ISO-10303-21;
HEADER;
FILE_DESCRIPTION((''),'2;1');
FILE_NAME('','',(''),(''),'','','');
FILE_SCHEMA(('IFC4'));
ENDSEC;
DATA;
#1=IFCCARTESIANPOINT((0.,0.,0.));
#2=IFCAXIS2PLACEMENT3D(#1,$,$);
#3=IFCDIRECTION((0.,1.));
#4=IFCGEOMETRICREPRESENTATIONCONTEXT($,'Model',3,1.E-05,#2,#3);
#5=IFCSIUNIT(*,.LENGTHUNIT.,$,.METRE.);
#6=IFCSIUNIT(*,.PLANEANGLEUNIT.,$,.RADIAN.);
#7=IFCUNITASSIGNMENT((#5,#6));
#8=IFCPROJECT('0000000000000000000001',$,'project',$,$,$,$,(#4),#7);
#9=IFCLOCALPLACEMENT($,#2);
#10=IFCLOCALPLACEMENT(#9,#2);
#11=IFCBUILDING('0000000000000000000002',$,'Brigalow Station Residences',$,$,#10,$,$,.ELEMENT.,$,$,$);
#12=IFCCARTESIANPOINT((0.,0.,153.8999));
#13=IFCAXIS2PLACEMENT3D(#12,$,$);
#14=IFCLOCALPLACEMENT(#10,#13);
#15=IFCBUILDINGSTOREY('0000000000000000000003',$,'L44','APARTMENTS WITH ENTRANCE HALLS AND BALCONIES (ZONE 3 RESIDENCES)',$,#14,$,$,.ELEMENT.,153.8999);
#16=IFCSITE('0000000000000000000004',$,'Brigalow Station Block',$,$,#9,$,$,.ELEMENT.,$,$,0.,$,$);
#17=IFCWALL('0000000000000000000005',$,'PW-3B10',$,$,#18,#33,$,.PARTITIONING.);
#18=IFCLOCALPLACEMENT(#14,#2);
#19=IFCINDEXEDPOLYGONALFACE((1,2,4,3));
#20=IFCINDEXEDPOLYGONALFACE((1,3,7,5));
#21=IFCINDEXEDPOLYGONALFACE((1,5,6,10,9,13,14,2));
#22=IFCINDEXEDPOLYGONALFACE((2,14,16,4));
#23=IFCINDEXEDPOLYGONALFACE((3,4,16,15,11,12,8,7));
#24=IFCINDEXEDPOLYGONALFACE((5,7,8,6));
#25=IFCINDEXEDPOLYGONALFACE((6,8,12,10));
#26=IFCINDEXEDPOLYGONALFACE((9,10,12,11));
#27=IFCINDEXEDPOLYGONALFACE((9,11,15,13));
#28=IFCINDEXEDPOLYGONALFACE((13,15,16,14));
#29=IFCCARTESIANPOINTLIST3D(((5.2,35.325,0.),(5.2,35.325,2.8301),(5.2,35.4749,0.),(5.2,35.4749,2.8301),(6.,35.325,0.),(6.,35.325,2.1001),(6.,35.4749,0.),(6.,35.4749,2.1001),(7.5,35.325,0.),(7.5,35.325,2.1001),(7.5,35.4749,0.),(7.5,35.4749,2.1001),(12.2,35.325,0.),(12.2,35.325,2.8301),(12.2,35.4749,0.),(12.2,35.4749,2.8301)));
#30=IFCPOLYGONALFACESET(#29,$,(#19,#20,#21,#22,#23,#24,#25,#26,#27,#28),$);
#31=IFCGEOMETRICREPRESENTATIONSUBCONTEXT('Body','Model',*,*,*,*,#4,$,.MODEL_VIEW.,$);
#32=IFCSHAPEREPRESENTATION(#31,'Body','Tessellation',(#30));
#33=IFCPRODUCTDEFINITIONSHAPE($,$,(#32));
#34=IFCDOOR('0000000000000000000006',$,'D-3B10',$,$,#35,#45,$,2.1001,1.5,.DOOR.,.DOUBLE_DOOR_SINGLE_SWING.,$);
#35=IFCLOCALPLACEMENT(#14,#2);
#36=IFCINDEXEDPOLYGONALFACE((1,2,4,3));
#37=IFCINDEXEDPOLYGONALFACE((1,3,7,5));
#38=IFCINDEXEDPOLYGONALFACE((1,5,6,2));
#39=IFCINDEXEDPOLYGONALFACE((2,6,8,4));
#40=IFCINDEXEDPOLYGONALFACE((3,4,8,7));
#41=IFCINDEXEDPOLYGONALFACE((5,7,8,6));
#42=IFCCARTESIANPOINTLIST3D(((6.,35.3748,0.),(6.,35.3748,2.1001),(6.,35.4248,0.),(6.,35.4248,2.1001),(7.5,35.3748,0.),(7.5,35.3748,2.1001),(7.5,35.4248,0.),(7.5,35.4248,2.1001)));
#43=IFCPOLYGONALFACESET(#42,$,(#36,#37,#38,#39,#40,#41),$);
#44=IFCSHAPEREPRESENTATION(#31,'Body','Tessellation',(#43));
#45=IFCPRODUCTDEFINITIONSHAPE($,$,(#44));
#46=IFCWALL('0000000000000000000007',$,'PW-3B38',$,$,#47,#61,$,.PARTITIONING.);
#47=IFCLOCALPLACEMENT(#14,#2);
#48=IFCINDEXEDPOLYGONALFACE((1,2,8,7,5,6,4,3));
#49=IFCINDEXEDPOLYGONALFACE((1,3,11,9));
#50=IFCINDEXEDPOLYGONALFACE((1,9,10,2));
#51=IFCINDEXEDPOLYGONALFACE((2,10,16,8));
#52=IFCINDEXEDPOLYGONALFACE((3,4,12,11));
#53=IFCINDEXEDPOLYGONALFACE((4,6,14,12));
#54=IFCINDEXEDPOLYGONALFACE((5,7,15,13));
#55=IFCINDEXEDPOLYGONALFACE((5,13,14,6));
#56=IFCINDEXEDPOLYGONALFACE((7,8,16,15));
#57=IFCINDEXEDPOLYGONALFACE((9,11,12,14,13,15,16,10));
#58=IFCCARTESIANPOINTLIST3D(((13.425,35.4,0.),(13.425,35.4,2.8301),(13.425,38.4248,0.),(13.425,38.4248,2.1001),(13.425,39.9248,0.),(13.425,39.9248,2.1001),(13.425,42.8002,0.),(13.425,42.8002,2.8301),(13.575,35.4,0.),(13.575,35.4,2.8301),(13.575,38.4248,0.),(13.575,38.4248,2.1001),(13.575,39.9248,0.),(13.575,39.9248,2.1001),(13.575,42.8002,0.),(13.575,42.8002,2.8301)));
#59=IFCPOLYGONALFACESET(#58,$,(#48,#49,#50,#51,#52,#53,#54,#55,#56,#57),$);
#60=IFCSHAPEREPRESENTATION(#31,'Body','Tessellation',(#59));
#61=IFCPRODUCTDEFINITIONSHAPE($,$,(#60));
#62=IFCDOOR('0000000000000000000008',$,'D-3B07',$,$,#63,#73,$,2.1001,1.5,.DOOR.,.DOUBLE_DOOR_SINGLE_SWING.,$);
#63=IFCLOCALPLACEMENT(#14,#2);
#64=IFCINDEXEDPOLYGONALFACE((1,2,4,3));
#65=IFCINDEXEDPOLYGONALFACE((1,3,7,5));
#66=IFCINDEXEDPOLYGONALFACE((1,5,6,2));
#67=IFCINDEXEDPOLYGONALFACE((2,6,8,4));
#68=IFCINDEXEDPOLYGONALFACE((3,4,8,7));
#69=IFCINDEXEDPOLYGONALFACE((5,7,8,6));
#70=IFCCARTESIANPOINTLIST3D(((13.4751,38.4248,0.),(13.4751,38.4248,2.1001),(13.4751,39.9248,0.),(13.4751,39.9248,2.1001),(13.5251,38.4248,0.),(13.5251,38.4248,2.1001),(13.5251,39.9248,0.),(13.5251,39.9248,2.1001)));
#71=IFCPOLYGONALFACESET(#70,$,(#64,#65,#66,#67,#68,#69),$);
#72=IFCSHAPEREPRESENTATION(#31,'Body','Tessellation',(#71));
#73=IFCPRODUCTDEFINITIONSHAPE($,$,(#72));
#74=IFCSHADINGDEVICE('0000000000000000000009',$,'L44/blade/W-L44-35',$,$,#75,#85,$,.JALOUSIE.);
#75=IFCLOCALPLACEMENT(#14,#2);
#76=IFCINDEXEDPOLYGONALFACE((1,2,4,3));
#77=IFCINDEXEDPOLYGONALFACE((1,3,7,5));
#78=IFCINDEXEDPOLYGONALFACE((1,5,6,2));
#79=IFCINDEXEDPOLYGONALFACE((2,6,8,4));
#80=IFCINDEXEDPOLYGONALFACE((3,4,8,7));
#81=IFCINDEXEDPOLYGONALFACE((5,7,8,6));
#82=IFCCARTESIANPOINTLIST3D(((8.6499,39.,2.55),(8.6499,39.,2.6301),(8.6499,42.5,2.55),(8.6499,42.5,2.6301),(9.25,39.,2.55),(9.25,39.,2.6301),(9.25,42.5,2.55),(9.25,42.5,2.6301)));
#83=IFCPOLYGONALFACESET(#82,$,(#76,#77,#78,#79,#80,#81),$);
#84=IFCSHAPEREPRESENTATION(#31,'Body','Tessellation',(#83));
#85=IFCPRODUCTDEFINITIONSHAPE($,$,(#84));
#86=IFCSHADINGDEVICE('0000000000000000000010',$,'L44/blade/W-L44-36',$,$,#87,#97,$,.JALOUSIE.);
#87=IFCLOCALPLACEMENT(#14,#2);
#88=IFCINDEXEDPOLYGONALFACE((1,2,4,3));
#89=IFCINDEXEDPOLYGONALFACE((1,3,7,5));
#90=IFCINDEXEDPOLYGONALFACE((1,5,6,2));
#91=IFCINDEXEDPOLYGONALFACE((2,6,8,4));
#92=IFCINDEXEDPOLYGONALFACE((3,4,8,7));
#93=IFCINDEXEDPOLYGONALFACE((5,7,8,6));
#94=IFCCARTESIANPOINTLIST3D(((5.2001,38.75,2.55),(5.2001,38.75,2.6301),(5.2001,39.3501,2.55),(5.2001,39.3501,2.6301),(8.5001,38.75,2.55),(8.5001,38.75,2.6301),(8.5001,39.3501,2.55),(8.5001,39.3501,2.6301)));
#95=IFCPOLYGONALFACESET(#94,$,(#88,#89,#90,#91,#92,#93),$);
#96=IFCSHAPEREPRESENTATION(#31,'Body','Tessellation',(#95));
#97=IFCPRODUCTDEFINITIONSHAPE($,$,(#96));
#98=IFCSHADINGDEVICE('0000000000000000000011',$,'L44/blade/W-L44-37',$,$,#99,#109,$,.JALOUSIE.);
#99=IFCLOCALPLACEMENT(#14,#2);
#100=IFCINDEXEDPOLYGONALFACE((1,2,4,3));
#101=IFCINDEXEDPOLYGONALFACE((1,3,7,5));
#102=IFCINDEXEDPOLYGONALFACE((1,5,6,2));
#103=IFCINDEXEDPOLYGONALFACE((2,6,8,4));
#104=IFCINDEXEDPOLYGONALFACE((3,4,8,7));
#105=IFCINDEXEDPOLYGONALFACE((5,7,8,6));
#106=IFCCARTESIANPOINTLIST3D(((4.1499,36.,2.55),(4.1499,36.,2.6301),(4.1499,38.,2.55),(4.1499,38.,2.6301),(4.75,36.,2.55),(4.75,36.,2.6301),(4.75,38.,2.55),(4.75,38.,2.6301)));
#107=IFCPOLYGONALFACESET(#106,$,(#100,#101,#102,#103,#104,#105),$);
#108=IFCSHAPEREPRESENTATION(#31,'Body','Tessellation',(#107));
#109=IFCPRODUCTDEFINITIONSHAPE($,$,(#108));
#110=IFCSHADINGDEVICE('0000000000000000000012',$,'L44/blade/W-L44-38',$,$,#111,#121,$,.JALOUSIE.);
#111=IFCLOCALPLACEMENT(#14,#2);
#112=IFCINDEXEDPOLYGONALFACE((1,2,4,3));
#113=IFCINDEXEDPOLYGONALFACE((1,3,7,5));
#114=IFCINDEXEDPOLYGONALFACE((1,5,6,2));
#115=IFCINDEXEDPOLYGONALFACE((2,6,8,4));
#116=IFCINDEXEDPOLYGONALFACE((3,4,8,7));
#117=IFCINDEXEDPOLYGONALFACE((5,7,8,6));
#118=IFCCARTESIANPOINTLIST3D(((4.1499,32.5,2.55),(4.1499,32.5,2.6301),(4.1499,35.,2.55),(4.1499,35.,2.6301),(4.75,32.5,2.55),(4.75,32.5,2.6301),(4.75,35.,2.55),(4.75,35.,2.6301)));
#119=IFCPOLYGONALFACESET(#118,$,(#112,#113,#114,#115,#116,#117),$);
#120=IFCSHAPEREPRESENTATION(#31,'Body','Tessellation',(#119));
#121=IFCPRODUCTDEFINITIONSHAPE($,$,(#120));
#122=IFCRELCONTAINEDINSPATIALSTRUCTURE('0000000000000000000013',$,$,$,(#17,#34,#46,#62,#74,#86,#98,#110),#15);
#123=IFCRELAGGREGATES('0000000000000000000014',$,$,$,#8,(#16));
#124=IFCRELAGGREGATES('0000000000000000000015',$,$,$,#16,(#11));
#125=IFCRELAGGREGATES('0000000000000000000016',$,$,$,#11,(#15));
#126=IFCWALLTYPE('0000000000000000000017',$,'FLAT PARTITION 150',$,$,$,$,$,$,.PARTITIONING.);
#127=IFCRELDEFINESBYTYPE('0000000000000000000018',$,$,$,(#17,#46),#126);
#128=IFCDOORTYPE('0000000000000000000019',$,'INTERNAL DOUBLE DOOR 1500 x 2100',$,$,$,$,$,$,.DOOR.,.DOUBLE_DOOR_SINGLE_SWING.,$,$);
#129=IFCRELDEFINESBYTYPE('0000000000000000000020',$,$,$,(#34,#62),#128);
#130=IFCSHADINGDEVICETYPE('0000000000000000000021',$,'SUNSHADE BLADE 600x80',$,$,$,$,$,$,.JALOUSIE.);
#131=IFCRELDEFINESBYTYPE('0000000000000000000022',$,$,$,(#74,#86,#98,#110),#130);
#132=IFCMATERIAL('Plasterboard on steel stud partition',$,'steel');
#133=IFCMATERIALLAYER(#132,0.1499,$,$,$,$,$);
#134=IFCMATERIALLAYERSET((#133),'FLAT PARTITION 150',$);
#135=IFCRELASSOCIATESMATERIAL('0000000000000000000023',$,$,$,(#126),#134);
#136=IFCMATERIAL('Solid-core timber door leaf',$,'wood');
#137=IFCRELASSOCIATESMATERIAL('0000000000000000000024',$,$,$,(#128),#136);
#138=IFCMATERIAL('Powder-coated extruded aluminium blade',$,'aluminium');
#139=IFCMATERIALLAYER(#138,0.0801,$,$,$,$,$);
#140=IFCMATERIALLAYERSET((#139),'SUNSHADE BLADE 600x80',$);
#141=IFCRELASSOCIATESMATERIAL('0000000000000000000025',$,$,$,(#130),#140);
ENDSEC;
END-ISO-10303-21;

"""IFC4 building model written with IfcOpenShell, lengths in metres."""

from ifc_helpers import new_model, si_unit, direction, frame, frame_2d, origin, origin_2d, place, context, subcontext, project, spatial, rectangle, extrude, material, layer, layer_set, type_object, element, fill, save


model = new_model("IFC4")

# Units and contexts
model_context = context("Model", 3, precision=1e-05, world=origin(), true_north=direction((0.0, 1.0)))
body_context = subcontext(model_context, "Body", "Model", "MODEL_VIEW")
ifc_project = project(units=[si_unit("LENGTHUNIT", "METRE"), si_unit("PLANEANGLEUNIT", "RADIAN")], contexts=[model_context])

# Site, building, storey
site_placement = place(None, origin())
site = spatial("IfcSite", under=ifc_project, at=site_placement, Name="Brigalow Station Block", CompositionType="ELEMENT", RefElevation=0.0)
building_placement = place(site_placement, origin())
building = spatial("IfcBuilding", under=site, at=building_placement, Name="Brigalow Station Residences", CompositionType="ELEMENT")
storey_placement = place(building_placement, frame((0.0, 0.0, 153.8999)))
storey = spatial("IfcBuildingStorey", under=building, at=storey_placement, Name="L44", Description="APARTMENTS WITH ENTRANCE HALLS AND BALCONIES (ZONE 3 RESIDENCES)", CompositionType="ELEMENT", Elevation=153.8999)

# Walls, openings, doors
ifc_material_1 = material(Name="Plasterboard on steel stud partition", Category="steel")
ifc_layer_1 = layer(ifc_material_1, 0.1499)
ifc_layer_set_1 = layer_set([ifc_layer_1], Name="FLAT PARTITION 150")
wall_type_1 = type_object("IfcWallType", Name="FLAT PARTITION 150", PredefinedType="PARTITIONING", material=ifc_layer_set_1)
wall_1_placement = place(storey_placement, frame((5.2, 35.3999, 0.0), z_axis=(0.0, 0.0, 1.0), x_axis=(1.0, 0.0, 0.0)))
wall_1 = element("IfcWall", 1, at=wall_1_placement, inside=storey, type_object=wall_type_1, Name="PW-3B10", PredefinedType="PARTITIONING", context=body_context, shape_type="SweptSolid", body=[
    extrude(rectangle(XDim=7.0, YDim=0.1499, at=frame_2d((3.5, 0.0))), origin(), (0.0, 0.0, 1.0), 2.8301),
])
opening_1_placement = place(wall_1_placement, frame((0.8, 0.0, 0.0)))
opening_1 = element("IfcOpeningElement", 2, at=opening_1_placement, cuts=wall_1, PredefinedType="OPENING", context=body_context, shape_type="SweptSolid", body=[
    extrude(rectangle(XDim=1.5, YDim=2.1001, at=frame_2d((0.75, 1.05))), frame((0.0, 0.085, 0.0), z_axis=(0.0, -1.0, 0.0), x_axis=(1.0, 0.0, 0.0)), (0.0, 0.0, 1.0), 0.1699),
])
ifc_material_2 = material(Name="Solid-core timber door leaf", Category="wood")
door_type_1 = type_object("IfcDoorType", Name="INTERNAL DOUBLE DOOR 1500 x 2100", OperationType="DOUBLE_DOOR_SINGLE_SWING", PredefinedType="DOOR", material=ifc_material_2)
door_1_placement = place(opening_1_placement, origin())
door_1 = element("IfcDoor", 3, at=door_1_placement, inside=storey, type_object=door_type_1, Name="D-3B10", OperationType="DOUBLE_DOOR_SINGLE_SWING", OverallHeight=2.1001, OverallWidth=1.5, PredefinedType="DOOR", context=body_context, shape_type="SweptSolid", body=[
    extrude(rectangle(XDim=1.5, YDim=2.1001, at=frame_2d((0.75, 1.05))), frame((0.0, 0.0249, 0.0), z_axis=(0.0, -1.0, 0.0), x_axis=(1.0, 0.0, 0.0)), (0.0, 0.0, 1.0), 0.05),
])
fill(opening_1, door_1)
wall_2_placement = place(storey_placement, frame((13.5, 35.3999, 0.0), z_axis=(0.0, 0.0, 1.0), x_axis=(0.0, 1.0, 0.0)))
wall_2 = element("IfcWall", 4, at=wall_2_placement, inside=storey, type_object=wall_type_1, Name="PW-3B38", PredefinedType="PARTITIONING", context=body_context, shape_type="SweptSolid", body=[
    extrude(rectangle(XDim=7.4001, YDim=0.1499, at=frame_2d((3.7002, 0.0))), origin(), (0.0, 0.0, 1.0), 2.8301),
])
opening_2_placement = place(wall_2_placement, frame((3.0249, 0.0, 0.0)))
opening_2 = element("IfcOpeningElement", 5, at=opening_2_placement, cuts=wall_2, PredefinedType="OPENING", context=body_context, shape_type="SweptSolid", body=[
    extrude(rectangle(XDim=1.5, YDim=2.1001, at=frame_2d((0.75, 1.05))), frame((0.0, 0.085, 0.0), z_axis=(0.0, -1.0, 0.0), x_axis=(1.0, 0.0, 0.0)), (0.0, 0.0, 1.0), 0.1699),
])
door_2_placement = place(opening_2_placement, origin())
door_2 = element("IfcDoor", 6, at=door_2_placement, inside=storey, type_object=door_type_1, Name="D-3B07", OperationType="DOUBLE_DOOR_SINGLE_SWING", OverallHeight=2.1001, OverallWidth=1.5, PredefinedType="DOOR", context=body_context, shape_type="SweptSolid", body=[
    extrude(rectangle(XDim=1.5, YDim=2.1001, at=frame_2d((0.75, 1.05))), frame((0.0, 0.0249, 0.0), z_axis=(0.0, -1.0, 0.0), x_axis=(1.0, 0.0, 0.0)), (0.0, 0.0, 1.0), 0.05),
])
fill(opening_2, door_2)

# Shading devices
ifc_material_3 = material(Name="Powder-coated extruded aluminium blade", Category="aluminium")
ifc_layer_2 = layer(ifc_material_3, 0.0801)
ifc_layer_set_2 = layer_set([ifc_layer_2], Name="SUNSHADE BLADE 600x80")
shading_device_type = type_object("IfcShadingDeviceType", Name="SUNSHADE BLADE 600x80", PredefinedType="JALOUSIE", material=ifc_layer_set_2)
shading_device_1_placement = place(storey_placement, frame((8.95, 40.75, 2.55), z_axis=(0.0, 0.0, 1.0), x_axis=(0.0, -1.0, 0.0)))
element("IfcShadingDevice", 7, at=shading_device_1_placement, inside=storey, type_object=shading_device_type, Name="L44/blade/W-L44-35", PredefinedType="JALOUSIE", context=body_context, shape_type="SweptSolid", body=[
    extrude(rectangle(XDim=3.5, YDim=0.6001, at=origin_2d()), origin(), (0.0, 0.0, 1.0), 0.0801),
])
shading_device_2_placement = place(storey_placement, frame((6.8501, 39.05, 2.55), z_axis=(0.0, 0.0, 1.0), x_axis=(-1.0, 0.0, 0.0)))
element("IfcShadingDevice", 8, at=shading_device_2_placement, inside=storey, type_object=shading_device_type, Name="L44/blade/W-L44-36", PredefinedType="JALOUSIE", context=body_context, shape_type="SweptSolid", body=[
    extrude(rectangle(XDim=3.3, YDim=0.6001, at=origin_2d()), origin(), (0.0, 0.0, 1.0), 0.0801),
])
shading_device_3_placement = place(storey_placement, frame((4.45, 37.0, 2.55), z_axis=(0.0, 0.0, 1.0), x_axis=(0.0, -1.0, 0.0)))
element("IfcShadingDevice", 9, at=shading_device_3_placement, inside=storey, type_object=shading_device_type, Name="L44/blade/W-L44-37", PredefinedType="JALOUSIE", context=body_context, shape_type="SweptSolid", body=[
    extrude(rectangle(XDim=2.0, YDim=0.6001, at=origin_2d()), origin(), (0.0, 0.0, 1.0), 0.0801),
])
shading_device_4_placement = place(storey_placement, frame((4.45, 33.75, 2.55), z_axis=(0.0, 0.0, 1.0), x_axis=(0.0, -1.0, 0.0)))
element("IfcShadingDevice", 10, at=shading_device_4_placement, inside=storey, type_object=shading_device_type, Name="L44/blade/W-L44-38", PredefinedType="JALOUSIE", context=body_context, shape_type="SweptSolid", body=[
    extrude(rectangle(XDim=2.5, YDim=0.6001, at=origin_2d()), origin(), (0.0, 0.0, 1.0), 0.0801),
])

save(model, "model.ifc")
